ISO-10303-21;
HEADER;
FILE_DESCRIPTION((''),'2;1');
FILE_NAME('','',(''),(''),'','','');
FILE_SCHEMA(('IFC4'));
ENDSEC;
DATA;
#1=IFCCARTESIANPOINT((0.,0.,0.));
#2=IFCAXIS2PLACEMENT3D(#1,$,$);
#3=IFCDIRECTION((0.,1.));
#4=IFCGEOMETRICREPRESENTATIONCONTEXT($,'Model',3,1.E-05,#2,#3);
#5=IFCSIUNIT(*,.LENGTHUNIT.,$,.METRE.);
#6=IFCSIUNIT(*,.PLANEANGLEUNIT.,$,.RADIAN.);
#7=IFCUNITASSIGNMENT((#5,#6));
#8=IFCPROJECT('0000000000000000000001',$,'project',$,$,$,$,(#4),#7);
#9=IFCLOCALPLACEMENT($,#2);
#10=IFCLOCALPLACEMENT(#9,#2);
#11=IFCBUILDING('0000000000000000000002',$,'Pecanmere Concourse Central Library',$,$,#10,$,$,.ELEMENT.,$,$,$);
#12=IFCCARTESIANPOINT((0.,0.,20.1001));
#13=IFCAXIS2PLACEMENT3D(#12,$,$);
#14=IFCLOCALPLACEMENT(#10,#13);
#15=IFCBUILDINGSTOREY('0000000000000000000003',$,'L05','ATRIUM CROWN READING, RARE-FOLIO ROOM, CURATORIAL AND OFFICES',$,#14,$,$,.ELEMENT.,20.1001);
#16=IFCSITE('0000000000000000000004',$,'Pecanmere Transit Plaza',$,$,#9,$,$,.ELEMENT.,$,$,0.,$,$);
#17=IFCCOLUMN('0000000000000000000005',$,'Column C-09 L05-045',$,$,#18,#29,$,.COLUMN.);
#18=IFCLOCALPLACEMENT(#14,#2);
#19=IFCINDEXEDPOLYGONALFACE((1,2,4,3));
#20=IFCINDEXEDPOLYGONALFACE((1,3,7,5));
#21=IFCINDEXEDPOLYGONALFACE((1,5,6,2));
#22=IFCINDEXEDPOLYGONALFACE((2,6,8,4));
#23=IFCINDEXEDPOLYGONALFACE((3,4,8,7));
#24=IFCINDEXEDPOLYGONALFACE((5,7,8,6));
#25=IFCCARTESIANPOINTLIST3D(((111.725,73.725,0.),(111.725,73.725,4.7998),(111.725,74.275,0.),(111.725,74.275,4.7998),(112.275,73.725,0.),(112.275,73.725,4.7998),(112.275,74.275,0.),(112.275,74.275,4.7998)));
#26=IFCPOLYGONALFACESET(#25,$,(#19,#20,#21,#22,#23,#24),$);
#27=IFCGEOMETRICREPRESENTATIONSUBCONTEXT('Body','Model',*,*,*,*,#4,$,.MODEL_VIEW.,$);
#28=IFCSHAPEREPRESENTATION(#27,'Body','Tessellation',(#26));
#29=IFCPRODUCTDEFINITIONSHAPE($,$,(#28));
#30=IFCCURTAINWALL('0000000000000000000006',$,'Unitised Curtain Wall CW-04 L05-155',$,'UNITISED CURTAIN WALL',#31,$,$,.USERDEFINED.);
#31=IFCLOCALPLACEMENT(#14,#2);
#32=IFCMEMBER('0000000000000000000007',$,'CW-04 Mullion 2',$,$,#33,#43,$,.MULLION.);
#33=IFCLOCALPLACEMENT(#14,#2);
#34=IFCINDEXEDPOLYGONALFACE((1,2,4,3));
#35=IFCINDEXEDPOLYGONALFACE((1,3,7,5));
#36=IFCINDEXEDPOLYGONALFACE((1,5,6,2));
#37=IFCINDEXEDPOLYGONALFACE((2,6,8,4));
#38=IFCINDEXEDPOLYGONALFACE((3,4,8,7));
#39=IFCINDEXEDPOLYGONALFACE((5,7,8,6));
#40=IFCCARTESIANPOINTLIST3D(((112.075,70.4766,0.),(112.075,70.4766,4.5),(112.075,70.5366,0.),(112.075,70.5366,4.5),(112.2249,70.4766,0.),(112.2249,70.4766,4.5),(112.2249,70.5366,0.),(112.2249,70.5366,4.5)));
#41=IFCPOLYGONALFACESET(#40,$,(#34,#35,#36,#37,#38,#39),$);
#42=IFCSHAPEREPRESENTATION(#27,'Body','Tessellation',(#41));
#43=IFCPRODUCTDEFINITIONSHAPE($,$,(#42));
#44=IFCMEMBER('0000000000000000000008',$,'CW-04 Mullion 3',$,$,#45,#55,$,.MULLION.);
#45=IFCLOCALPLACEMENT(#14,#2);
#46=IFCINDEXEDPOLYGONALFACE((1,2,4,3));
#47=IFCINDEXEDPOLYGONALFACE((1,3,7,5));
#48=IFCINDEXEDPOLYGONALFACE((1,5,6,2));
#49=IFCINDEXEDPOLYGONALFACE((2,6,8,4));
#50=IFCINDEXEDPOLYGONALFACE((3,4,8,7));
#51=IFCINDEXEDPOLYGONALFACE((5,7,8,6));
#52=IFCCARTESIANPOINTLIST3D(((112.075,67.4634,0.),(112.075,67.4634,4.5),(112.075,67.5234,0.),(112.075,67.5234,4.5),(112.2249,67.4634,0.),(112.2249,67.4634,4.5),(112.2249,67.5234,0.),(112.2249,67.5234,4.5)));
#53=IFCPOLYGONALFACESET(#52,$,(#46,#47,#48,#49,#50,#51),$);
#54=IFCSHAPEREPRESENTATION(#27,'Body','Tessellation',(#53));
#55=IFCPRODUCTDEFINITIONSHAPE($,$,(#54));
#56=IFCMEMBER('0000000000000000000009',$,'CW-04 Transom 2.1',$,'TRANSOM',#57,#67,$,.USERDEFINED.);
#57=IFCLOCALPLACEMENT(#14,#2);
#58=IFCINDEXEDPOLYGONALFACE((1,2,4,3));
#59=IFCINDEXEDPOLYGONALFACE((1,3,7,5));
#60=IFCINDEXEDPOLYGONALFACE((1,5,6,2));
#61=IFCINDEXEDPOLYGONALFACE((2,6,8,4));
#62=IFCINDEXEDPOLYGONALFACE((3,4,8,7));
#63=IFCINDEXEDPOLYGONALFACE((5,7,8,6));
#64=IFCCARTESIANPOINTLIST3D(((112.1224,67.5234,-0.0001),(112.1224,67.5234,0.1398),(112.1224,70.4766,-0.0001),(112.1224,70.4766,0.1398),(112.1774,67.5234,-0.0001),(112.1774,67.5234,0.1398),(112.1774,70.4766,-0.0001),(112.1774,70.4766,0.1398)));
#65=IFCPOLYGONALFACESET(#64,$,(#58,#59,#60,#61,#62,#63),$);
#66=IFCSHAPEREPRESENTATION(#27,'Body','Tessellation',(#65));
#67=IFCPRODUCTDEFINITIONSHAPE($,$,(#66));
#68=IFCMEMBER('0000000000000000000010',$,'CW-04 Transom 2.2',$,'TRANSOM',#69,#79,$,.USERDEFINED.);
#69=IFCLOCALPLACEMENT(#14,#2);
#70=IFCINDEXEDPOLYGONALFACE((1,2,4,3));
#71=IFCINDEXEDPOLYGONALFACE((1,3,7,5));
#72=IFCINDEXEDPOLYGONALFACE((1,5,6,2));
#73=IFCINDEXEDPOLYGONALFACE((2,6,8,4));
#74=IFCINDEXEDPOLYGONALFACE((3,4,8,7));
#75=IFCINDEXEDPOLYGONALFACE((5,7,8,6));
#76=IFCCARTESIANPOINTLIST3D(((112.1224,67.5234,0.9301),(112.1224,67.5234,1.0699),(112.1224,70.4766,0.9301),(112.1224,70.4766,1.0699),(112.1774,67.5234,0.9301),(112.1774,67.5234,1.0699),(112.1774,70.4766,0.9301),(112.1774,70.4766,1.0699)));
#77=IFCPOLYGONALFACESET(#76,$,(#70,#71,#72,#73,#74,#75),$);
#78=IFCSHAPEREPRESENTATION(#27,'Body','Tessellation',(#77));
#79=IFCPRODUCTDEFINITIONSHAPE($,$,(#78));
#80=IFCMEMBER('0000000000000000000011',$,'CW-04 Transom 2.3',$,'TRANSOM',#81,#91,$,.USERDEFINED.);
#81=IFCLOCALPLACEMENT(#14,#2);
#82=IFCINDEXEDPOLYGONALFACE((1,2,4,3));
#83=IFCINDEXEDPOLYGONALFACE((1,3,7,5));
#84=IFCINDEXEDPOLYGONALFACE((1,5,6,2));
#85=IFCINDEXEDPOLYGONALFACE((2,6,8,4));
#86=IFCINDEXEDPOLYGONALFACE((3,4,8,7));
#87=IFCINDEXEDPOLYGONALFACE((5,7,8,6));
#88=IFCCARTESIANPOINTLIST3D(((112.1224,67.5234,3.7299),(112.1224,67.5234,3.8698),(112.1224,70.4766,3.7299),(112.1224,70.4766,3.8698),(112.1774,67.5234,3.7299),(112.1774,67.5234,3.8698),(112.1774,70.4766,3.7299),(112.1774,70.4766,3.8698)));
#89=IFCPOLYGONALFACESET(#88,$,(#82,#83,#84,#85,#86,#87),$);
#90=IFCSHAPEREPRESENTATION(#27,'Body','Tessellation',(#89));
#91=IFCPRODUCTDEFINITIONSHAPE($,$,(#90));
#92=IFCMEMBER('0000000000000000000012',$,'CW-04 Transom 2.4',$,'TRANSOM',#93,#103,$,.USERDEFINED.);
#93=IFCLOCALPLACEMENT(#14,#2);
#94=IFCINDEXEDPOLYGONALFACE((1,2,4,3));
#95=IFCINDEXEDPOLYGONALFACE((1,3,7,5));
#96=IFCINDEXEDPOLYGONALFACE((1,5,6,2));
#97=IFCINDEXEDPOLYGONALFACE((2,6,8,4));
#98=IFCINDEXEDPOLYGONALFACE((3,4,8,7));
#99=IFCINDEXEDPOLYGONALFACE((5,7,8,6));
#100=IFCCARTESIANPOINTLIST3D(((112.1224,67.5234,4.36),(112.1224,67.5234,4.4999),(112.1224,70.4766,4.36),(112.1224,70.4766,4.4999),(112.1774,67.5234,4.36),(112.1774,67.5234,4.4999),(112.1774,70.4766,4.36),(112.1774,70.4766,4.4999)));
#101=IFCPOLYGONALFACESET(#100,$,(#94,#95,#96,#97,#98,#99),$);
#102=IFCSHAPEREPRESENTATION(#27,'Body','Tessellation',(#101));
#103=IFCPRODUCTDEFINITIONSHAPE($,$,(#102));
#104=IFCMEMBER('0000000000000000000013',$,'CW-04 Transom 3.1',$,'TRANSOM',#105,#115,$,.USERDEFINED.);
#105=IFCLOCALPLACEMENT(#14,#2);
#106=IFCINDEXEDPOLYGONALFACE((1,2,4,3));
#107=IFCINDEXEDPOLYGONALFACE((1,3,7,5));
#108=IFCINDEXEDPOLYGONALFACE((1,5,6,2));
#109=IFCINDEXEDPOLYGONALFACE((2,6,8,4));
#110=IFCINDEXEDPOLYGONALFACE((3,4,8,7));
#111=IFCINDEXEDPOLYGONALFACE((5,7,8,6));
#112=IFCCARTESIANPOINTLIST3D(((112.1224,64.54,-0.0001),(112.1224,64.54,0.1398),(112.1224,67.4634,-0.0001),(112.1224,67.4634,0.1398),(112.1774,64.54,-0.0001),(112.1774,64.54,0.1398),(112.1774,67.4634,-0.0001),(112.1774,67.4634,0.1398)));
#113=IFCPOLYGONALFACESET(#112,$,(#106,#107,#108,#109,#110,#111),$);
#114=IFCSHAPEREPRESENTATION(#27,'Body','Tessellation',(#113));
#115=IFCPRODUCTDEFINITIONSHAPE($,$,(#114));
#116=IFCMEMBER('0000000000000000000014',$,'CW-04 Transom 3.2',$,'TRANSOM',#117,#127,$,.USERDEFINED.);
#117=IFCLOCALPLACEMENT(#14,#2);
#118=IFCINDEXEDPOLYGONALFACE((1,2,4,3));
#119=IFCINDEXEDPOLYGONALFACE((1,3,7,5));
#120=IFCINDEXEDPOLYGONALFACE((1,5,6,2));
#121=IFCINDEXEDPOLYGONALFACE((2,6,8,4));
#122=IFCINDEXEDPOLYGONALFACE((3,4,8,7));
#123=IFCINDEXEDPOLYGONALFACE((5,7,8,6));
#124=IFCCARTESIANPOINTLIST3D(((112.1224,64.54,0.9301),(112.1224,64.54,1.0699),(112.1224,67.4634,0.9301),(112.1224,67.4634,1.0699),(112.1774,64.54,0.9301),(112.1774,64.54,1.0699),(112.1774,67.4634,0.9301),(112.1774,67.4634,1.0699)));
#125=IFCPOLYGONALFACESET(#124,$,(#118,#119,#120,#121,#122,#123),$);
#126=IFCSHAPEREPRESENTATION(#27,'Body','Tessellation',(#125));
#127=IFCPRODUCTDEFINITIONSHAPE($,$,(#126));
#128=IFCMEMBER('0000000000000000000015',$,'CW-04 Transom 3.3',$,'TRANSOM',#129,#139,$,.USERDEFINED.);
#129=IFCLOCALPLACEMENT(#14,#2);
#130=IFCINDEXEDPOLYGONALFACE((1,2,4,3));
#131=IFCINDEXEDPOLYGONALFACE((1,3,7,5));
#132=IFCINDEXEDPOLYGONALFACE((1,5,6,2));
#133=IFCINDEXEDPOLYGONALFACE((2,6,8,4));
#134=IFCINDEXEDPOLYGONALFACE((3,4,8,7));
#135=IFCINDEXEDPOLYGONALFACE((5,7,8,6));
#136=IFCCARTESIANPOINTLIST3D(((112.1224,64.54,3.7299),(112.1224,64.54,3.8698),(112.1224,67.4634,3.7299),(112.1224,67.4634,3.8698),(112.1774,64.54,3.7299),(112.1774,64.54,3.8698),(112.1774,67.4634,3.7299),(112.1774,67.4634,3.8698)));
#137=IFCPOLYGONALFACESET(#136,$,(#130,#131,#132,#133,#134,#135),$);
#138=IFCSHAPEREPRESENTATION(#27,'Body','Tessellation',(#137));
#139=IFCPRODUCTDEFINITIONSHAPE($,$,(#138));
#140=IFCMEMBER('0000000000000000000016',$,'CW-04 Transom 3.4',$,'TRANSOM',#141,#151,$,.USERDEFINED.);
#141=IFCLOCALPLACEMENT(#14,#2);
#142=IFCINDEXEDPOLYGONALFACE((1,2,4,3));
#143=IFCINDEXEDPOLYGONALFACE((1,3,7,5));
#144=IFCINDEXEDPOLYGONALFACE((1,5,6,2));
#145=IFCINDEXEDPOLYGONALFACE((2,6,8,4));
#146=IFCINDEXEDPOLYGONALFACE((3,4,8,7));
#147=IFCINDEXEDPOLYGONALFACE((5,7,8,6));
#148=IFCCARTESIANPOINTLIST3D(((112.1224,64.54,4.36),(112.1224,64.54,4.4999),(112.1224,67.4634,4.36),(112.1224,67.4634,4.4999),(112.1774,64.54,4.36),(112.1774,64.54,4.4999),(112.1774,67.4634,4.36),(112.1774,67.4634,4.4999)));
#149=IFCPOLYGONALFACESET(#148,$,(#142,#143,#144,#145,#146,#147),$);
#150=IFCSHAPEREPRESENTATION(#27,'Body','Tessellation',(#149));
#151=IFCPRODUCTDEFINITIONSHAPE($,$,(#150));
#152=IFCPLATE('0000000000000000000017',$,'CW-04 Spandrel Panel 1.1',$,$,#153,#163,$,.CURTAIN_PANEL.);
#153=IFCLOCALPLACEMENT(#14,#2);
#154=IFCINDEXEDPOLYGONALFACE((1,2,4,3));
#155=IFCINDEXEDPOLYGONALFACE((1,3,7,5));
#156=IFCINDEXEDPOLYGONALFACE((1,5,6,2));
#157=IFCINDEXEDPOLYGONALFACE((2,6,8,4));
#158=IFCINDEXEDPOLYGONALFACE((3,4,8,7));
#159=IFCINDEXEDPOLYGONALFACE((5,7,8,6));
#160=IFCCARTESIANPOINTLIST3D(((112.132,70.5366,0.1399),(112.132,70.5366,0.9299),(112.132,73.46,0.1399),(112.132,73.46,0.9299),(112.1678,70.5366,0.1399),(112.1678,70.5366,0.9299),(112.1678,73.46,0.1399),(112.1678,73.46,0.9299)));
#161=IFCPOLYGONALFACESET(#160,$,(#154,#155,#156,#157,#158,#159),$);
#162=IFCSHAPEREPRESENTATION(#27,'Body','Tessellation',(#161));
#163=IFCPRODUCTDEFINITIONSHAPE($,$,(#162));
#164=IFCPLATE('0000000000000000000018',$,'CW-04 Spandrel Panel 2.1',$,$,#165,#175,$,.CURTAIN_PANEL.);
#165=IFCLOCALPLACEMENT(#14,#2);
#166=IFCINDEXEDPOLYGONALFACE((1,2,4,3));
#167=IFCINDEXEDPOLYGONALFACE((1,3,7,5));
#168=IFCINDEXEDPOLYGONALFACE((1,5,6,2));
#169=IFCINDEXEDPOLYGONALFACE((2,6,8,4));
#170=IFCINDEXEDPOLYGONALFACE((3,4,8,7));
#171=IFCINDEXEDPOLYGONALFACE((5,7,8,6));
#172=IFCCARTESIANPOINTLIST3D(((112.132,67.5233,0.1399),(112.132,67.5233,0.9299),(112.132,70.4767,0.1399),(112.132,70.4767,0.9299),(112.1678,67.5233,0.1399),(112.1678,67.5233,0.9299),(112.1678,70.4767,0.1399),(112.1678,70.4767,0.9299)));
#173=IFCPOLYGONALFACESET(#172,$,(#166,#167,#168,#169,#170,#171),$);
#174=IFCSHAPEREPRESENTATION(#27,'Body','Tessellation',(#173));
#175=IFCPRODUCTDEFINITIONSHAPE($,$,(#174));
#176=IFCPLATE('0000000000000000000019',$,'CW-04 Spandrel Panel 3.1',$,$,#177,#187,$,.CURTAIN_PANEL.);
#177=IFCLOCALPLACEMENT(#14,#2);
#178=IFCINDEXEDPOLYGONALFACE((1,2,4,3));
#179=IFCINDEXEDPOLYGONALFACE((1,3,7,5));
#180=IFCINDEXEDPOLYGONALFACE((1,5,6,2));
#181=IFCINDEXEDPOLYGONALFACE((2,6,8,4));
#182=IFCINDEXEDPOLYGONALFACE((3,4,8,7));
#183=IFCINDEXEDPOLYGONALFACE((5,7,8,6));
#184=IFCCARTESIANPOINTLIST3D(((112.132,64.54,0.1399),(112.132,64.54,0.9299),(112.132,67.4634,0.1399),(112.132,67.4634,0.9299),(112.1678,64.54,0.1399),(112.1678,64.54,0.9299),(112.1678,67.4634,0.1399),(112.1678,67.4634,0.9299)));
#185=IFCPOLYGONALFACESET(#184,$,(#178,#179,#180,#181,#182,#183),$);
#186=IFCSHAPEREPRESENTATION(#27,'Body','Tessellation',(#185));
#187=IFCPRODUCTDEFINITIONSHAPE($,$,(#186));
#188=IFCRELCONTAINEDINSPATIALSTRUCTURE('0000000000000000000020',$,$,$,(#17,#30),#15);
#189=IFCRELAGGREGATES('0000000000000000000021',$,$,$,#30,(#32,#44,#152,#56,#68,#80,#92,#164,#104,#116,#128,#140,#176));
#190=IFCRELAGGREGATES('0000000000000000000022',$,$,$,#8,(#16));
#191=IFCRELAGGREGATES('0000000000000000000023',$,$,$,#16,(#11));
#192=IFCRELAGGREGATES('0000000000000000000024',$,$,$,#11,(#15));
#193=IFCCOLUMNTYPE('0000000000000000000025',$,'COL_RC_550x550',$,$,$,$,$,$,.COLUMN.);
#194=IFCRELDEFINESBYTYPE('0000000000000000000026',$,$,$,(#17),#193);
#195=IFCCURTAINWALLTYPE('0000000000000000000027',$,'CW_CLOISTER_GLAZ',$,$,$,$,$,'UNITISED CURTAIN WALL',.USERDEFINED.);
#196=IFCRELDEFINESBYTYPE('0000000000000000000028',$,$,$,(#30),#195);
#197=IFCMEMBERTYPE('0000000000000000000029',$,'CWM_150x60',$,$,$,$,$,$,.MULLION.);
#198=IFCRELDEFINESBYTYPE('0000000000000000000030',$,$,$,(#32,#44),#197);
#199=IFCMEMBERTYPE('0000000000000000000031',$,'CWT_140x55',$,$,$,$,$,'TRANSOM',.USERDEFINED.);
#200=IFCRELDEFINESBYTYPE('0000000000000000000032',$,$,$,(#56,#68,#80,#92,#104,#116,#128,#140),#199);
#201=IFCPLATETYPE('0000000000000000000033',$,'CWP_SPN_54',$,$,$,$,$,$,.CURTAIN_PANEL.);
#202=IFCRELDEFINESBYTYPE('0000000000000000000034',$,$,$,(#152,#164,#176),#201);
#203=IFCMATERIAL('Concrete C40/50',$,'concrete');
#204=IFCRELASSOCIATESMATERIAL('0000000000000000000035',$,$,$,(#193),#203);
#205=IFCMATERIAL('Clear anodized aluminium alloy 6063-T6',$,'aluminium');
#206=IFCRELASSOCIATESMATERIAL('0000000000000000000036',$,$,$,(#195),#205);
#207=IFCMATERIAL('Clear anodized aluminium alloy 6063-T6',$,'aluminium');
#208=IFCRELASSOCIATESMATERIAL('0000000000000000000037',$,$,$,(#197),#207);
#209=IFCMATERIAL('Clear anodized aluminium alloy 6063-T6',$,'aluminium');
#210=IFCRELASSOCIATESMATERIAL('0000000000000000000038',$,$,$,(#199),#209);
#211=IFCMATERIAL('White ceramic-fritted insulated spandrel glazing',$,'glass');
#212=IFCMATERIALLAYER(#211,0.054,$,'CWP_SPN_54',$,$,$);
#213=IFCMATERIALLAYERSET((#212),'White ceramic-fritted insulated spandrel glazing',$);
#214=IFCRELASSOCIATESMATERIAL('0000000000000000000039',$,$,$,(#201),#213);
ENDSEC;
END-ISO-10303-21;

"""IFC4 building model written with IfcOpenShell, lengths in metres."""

from ifc_helpers import new_model, si_unit, direction, frame, origin, origin_2d, place, context, subcontext, project, spatial, rectangle, extrude, material, layer, layer_set, material_profile, profile_set, type_object, element, aggregate, save


model = new_model("IFC4")

# Units and contexts
model_context = context("Model", 3, precision=1e-05, world=origin(), true_north=direction((0.0, 1.0)))
body_context = subcontext(model_context, "Body", "Model", "MODEL_VIEW")
ifc_project = project(units=[si_unit("LENGTHUNIT", "METRE"), si_unit("PLANEANGLEUNIT", "RADIAN")], contexts=[model_context])

# Site, building, storey
site_placement = place(None, origin())
site = spatial("IfcSite", under=ifc_project, at=site_placement, Name="Pecanmere Transit Plaza", CompositionType="ELEMENT", RefElevation=0.0)
building_placement = place(site_placement, origin())
building = spatial("IfcBuilding", under=site, at=building_placement, Name="Pecanmere Concourse Central Library", CompositionType="ELEMENT")
storey_placement = place(building_placement, frame((0.0, 0.0, 20.1001)))
storey = spatial("IfcBuildingStorey", under=building, at=storey_placement, Name="L05", Description="ATRIUM CROWN READING, RARE-FOLIO ROOM, CURATORIAL AND OFFICES", CompositionType="ELEMENT", Elevation=20.1001)

# Column
ifc_material_1 = material(Name="Concrete C40/50", Category="concrete")
ifc_material_profile_1 = material_profile(ifc_material_1, rectangle(XDim=0.55, YDim=0.55, at=origin_2d()), Name="RC 550x550")
ifc_profile_set_1 = profile_set([ifc_material_profile_1], Name="Concrete C40/50")
column_type = type_object("IfcColumnType", Name="COL_RC_550x550", PredefinedType="COLUMN", material=ifc_profile_set_1)
column_placement = place(storey_placement, frame((112.0, 74.0, 0.0), z_axis=(0.0, 0.0, 1.0), x_axis=(1.0, 0.0, 0.0)))
element("IfcColumn", 1, at=column_placement, inside=storey, type_object=column_type, Name="Column C-09 L05-045", PredefinedType="COLUMN", context=body_context, shape_type="SweptSolid", body=[
    extrude(rectangle(XDim=0.55, YDim=0.55, at=origin_2d()), origin(), (0.0, 0.0, 1.0), 4.7998),
])

# Curtain wall, members, plates
ifc_material_2 = material(Name="Clear anodized aluminium alloy 6063-T6", Category="aluminium")
curtain_wall_type = type_object("IfcCurtainWallType", Name="CW_CLOISTER_GLAZ", ElementType="UNITISED CURTAIN WALL", PredefinedType="USERDEFINED", material=ifc_material_2)
curtain_wall_placement = place(storey_placement, origin())
curtain_wall = element("IfcCurtainWall", 2, at=curtain_wall_placement, inside=storey, type_object=curtain_wall_type, Name="Unitised Curtain Wall CW-04 L05-155", ObjectType="UNITISED CURTAIN WALL", PredefinedType="USERDEFINED")
ifc_material_3 = material(Name="Clear anodized aluminium alloy 6063-T6", Category="aluminium")
ifc_material_profile_2 = material_profile(ifc_material_3, rectangle(XDim=0.0601, YDim=0.1499, at=origin_2d()), Name="AL 60x150")
ifc_profile_set_2 = profile_set([ifc_material_profile_2], Name="Clear anodized aluminium alloy 6063-T6")
member_type_1 = type_object("IfcMemberType", Name="CWM_150x60", PredefinedType="MULLION", material=ifc_profile_set_2)
member_1_placement = place(storey_placement, frame((112.1499, 70.5066, 0.0), z_axis=(0.0, 0.0, 1.0), x_axis=(0.0, -1.0, 0.0)))
member_1 = element("IfcMember", 3, at=member_1_placement, type_object=member_type_1, Name="CW-04 Mullion 2", PredefinedType="MULLION", context=body_context, shape_type="SweptSolid", body=[
    extrude(rectangle(XDim=0.0601, YDim=0.1499, at=origin_2d()), origin(), (0.0, 0.0, 1.0), 4.5),
])
member_2_placement = place(storey_placement, frame((112.1499, 67.4934, 0.0), z_axis=(0.0, 0.0, 1.0), x_axis=(0.0, -1.0, 0.0)))
member_2 = element("IfcMember", 4, at=member_2_placement, type_object=member_type_1, Name="CW-04 Mullion 3", PredefinedType="MULLION", context=body_context, shape_type="SweptSolid", body=[
    extrude(rectangle(XDim=0.0601, YDim=0.1499, at=origin_2d()), origin(), (0.0, 0.0, 1.0), 4.5),
])
ifc_material_4 = material(Name="Clear anodized aluminium alloy 6063-T6", Category="aluminium")
ifc_material_profile_3 = material_profile(ifc_material_4, rectangle(XDim=0.0549, YDim=0.1399, at=origin_2d()), Name="AL 55x140")
ifc_profile_set_3 = profile_set([ifc_material_profile_3], Name="Clear anodized aluminium alloy 6063-T6")
member_type_2 = type_object("IfcMemberType", Name="CWT_140x55", ElementType="TRANSOM", PredefinedType="USERDEFINED", material=ifc_profile_set_3)
member_3_placement = place(storey_placement, frame((112.1499, 70.4766, 0.0698), z_axis=(0.0, -1.0, 0.0), x_axis=(1.0, 0.0, 0.0)))
member_3 = element("IfcMember", 5, at=member_3_placement, type_object=member_type_2, Name="CW-04 Transom 2.1", ObjectType="TRANSOM", PredefinedType="USERDEFINED", context=body_context, shape_type="SweptSolid", body=[
    extrude(rectangle(XDim=0.0549, YDim=0.1399, at=origin_2d()), origin(), (0.0, 0.0, 1.0), 2.9531),
])
member_4_placement = place(storey_placement, frame((112.1499, 70.4766, 1.0), z_axis=(0.0, -1.0, 0.0), x_axis=(1.0, 0.0, 0.0)))
member_4 = element("IfcMember", 6, at=member_4_placement, type_object=member_type_2, Name="CW-04 Transom 2.2", ObjectType="TRANSOM", PredefinedType="USERDEFINED", context=body_context, shape_type="SweptSolid", body=[
    extrude(rectangle(XDim=0.0549, YDim=0.1399, at=origin_2d()), origin(), (0.0, 0.0, 1.0), 2.9531),
])
member_5_placement = place(storey_placement, frame((112.1499, 70.4766, 3.7998), z_axis=(0.0, -1.0, 0.0), x_axis=(1.0, 0.0, 0.0)))
member_5 = element("IfcMember", 7, at=member_5_placement, type_object=member_type_2, Name="CW-04 Transom 2.3", ObjectType="TRANSOM", PredefinedType="USERDEFINED", context=body_context, shape_type="SweptSolid", body=[
    extrude(rectangle(XDim=0.0549, YDim=0.1399, at=origin_2d()), origin(), (0.0, 0.0, 1.0), 2.9531),
])
member_6_placement = place(storey_placement, frame((112.1499, 70.4766, 4.4299), z_axis=(0.0, -1.0, 0.0), x_axis=(1.0, 0.0, 0.0)))
member_6 = element("IfcMember", 8, at=member_6_placement, type_object=member_type_2, Name="CW-04 Transom 2.4", ObjectType="TRANSOM", PredefinedType="USERDEFINED", context=body_context, shape_type="SweptSolid", body=[
    extrude(rectangle(XDim=0.0549, YDim=0.1399, at=origin_2d()), origin(), (0.0, 0.0, 1.0), 2.9531),
])
member_7_placement = place(storey_placement, frame((112.1499, 67.4634, 0.0698), z_axis=(0.0, -1.0, 0.0), x_axis=(1.0, 0.0, 0.0)))
member_7 = element("IfcMember", 9, at=member_7_placement, type_object=member_type_2, Name="CW-04 Transom 3.1", ObjectType="TRANSOM", PredefinedType="USERDEFINED", context=body_context, shape_type="SweptSolid", body=[
    extrude(rectangle(XDim=0.0549, YDim=0.1399, at=origin_2d()), origin(), (0.0, 0.0, 1.0), 2.9233),
])
member_8_placement = place(storey_placement, frame((112.1499, 67.4634, 1.0), z_axis=(0.0, -1.0, 0.0), x_axis=(1.0, 0.0, 0.0)))
member_8 = element("IfcMember", 10, at=member_8_placement, type_object=member_type_2, Name="CW-04 Transom 3.2", ObjectType="TRANSOM", PredefinedType="USERDEFINED", context=body_context, shape_type="SweptSolid", body=[
    extrude(rectangle(XDim=0.0549, YDim=0.1399, at=origin_2d()), origin(), (0.0, 0.0, 1.0), 2.9233),
])
member_9_placement = place(storey_placement, frame((112.1499, 67.4634, 3.7998), z_axis=(0.0, -1.0, 0.0), x_axis=(1.0, 0.0, 0.0)))
member_9 = element("IfcMember", 11, at=member_9_placement, type_object=member_type_2, Name="CW-04 Transom 3.3", ObjectType="TRANSOM", PredefinedType="USERDEFINED", context=body_context, shape_type="SweptSolid", body=[
    extrude(rectangle(XDim=0.0549, YDim=0.1399, at=origin_2d()), origin(), (0.0, 0.0, 1.0), 2.9233),
])
member_10_placement = place(storey_placement, frame((112.1499, 67.4634, 4.4299), z_axis=(0.0, -1.0, 0.0), x_axis=(1.0, 0.0, 0.0)))
member_10 = element("IfcMember", 12, at=member_10_placement, type_object=member_type_2, Name="CW-04 Transom 3.4", ObjectType="TRANSOM", PredefinedType="USERDEFINED", context=body_context, shape_type="SweptSolid", body=[
    extrude(rectangle(XDim=0.0549, YDim=0.1399, at=origin_2d()), origin(), (0.0, 0.0, 1.0), 2.9233),
])
ifc_material_5 = material(Name="White ceramic-fritted insulated spandrel glazing", Category="glass")
ifc_layer_1 = layer(ifc_material_5, 0.054, Name="CWP_SPN_54")
ifc_layer_set_1 = layer_set([ifc_layer_1], Name="White ceramic-fritted insulated spandrel glazing")
plate_type_1 = type_object("IfcPlateType", Name="CWP_SPN_54", PredefinedType="CURTAIN_PANEL", material=ifc_layer_set_1)
plate_1_placement = place(storey_placement, frame((112.1499, 71.9983, 0.1399), z_axis=(0.0, 0.0, 1.0), x_axis=(0.0, -1.0, 0.0)))
plate_1 = element("IfcPlate", 13, at=plate_1_placement, type_object=plate_type_1, Name="CW-04 Spandrel Panel 1.1", PredefinedType="CURTAIN_PANEL", context=body_context, shape_type="SweptSolid", body=[
    extrude(rectangle(XDim=2.9233, YDim=0.0359, at=origin_2d()), origin(), (0.0, 0.0, 1.0), 0.79),
])
plate_2_placement = place(storey_placement, frame((112.1499, 69.0, 0.1399), z_axis=(0.0, 0.0, 1.0), x_axis=(0.0, -1.0, 0.0)))
plate_2 = element("IfcPlate", 14, at=plate_2_placement, type_object=plate_type_1, Name="CW-04 Spandrel Panel 2.1", PredefinedType="CURTAIN_PANEL", context=body_context, shape_type="SweptSolid", body=[
    extrude(rectangle(XDim=2.9534, YDim=0.0359, at=origin_2d()), origin(), (0.0, 0.0, 1.0), 0.79),
])
plate_3_placement = place(storey_placement, frame((112.1499, 66.0017, 0.1399), z_axis=(0.0, 0.0, 1.0), x_axis=(0.0, -1.0, 0.0)))
plate_3 = element("IfcPlate", 15, at=plate_3_placement, type_object=plate_type_1, Name="CW-04 Spandrel Panel 3.1", PredefinedType="CURTAIN_PANEL", context=body_context, shape_type="SweptSolid", body=[
    extrude(rectangle(XDim=2.9233, YDim=0.0359, at=origin_2d()), origin(), (0.0, 0.0, 1.0), 0.79),
])
aggregate(curtain_wall, [member_1, member_2, plate_1, member_3, member_4, member_5, member_6, plate_2, member_7, member_8, member_9, member_10, plate_3])

save(model, "model.ifc")
